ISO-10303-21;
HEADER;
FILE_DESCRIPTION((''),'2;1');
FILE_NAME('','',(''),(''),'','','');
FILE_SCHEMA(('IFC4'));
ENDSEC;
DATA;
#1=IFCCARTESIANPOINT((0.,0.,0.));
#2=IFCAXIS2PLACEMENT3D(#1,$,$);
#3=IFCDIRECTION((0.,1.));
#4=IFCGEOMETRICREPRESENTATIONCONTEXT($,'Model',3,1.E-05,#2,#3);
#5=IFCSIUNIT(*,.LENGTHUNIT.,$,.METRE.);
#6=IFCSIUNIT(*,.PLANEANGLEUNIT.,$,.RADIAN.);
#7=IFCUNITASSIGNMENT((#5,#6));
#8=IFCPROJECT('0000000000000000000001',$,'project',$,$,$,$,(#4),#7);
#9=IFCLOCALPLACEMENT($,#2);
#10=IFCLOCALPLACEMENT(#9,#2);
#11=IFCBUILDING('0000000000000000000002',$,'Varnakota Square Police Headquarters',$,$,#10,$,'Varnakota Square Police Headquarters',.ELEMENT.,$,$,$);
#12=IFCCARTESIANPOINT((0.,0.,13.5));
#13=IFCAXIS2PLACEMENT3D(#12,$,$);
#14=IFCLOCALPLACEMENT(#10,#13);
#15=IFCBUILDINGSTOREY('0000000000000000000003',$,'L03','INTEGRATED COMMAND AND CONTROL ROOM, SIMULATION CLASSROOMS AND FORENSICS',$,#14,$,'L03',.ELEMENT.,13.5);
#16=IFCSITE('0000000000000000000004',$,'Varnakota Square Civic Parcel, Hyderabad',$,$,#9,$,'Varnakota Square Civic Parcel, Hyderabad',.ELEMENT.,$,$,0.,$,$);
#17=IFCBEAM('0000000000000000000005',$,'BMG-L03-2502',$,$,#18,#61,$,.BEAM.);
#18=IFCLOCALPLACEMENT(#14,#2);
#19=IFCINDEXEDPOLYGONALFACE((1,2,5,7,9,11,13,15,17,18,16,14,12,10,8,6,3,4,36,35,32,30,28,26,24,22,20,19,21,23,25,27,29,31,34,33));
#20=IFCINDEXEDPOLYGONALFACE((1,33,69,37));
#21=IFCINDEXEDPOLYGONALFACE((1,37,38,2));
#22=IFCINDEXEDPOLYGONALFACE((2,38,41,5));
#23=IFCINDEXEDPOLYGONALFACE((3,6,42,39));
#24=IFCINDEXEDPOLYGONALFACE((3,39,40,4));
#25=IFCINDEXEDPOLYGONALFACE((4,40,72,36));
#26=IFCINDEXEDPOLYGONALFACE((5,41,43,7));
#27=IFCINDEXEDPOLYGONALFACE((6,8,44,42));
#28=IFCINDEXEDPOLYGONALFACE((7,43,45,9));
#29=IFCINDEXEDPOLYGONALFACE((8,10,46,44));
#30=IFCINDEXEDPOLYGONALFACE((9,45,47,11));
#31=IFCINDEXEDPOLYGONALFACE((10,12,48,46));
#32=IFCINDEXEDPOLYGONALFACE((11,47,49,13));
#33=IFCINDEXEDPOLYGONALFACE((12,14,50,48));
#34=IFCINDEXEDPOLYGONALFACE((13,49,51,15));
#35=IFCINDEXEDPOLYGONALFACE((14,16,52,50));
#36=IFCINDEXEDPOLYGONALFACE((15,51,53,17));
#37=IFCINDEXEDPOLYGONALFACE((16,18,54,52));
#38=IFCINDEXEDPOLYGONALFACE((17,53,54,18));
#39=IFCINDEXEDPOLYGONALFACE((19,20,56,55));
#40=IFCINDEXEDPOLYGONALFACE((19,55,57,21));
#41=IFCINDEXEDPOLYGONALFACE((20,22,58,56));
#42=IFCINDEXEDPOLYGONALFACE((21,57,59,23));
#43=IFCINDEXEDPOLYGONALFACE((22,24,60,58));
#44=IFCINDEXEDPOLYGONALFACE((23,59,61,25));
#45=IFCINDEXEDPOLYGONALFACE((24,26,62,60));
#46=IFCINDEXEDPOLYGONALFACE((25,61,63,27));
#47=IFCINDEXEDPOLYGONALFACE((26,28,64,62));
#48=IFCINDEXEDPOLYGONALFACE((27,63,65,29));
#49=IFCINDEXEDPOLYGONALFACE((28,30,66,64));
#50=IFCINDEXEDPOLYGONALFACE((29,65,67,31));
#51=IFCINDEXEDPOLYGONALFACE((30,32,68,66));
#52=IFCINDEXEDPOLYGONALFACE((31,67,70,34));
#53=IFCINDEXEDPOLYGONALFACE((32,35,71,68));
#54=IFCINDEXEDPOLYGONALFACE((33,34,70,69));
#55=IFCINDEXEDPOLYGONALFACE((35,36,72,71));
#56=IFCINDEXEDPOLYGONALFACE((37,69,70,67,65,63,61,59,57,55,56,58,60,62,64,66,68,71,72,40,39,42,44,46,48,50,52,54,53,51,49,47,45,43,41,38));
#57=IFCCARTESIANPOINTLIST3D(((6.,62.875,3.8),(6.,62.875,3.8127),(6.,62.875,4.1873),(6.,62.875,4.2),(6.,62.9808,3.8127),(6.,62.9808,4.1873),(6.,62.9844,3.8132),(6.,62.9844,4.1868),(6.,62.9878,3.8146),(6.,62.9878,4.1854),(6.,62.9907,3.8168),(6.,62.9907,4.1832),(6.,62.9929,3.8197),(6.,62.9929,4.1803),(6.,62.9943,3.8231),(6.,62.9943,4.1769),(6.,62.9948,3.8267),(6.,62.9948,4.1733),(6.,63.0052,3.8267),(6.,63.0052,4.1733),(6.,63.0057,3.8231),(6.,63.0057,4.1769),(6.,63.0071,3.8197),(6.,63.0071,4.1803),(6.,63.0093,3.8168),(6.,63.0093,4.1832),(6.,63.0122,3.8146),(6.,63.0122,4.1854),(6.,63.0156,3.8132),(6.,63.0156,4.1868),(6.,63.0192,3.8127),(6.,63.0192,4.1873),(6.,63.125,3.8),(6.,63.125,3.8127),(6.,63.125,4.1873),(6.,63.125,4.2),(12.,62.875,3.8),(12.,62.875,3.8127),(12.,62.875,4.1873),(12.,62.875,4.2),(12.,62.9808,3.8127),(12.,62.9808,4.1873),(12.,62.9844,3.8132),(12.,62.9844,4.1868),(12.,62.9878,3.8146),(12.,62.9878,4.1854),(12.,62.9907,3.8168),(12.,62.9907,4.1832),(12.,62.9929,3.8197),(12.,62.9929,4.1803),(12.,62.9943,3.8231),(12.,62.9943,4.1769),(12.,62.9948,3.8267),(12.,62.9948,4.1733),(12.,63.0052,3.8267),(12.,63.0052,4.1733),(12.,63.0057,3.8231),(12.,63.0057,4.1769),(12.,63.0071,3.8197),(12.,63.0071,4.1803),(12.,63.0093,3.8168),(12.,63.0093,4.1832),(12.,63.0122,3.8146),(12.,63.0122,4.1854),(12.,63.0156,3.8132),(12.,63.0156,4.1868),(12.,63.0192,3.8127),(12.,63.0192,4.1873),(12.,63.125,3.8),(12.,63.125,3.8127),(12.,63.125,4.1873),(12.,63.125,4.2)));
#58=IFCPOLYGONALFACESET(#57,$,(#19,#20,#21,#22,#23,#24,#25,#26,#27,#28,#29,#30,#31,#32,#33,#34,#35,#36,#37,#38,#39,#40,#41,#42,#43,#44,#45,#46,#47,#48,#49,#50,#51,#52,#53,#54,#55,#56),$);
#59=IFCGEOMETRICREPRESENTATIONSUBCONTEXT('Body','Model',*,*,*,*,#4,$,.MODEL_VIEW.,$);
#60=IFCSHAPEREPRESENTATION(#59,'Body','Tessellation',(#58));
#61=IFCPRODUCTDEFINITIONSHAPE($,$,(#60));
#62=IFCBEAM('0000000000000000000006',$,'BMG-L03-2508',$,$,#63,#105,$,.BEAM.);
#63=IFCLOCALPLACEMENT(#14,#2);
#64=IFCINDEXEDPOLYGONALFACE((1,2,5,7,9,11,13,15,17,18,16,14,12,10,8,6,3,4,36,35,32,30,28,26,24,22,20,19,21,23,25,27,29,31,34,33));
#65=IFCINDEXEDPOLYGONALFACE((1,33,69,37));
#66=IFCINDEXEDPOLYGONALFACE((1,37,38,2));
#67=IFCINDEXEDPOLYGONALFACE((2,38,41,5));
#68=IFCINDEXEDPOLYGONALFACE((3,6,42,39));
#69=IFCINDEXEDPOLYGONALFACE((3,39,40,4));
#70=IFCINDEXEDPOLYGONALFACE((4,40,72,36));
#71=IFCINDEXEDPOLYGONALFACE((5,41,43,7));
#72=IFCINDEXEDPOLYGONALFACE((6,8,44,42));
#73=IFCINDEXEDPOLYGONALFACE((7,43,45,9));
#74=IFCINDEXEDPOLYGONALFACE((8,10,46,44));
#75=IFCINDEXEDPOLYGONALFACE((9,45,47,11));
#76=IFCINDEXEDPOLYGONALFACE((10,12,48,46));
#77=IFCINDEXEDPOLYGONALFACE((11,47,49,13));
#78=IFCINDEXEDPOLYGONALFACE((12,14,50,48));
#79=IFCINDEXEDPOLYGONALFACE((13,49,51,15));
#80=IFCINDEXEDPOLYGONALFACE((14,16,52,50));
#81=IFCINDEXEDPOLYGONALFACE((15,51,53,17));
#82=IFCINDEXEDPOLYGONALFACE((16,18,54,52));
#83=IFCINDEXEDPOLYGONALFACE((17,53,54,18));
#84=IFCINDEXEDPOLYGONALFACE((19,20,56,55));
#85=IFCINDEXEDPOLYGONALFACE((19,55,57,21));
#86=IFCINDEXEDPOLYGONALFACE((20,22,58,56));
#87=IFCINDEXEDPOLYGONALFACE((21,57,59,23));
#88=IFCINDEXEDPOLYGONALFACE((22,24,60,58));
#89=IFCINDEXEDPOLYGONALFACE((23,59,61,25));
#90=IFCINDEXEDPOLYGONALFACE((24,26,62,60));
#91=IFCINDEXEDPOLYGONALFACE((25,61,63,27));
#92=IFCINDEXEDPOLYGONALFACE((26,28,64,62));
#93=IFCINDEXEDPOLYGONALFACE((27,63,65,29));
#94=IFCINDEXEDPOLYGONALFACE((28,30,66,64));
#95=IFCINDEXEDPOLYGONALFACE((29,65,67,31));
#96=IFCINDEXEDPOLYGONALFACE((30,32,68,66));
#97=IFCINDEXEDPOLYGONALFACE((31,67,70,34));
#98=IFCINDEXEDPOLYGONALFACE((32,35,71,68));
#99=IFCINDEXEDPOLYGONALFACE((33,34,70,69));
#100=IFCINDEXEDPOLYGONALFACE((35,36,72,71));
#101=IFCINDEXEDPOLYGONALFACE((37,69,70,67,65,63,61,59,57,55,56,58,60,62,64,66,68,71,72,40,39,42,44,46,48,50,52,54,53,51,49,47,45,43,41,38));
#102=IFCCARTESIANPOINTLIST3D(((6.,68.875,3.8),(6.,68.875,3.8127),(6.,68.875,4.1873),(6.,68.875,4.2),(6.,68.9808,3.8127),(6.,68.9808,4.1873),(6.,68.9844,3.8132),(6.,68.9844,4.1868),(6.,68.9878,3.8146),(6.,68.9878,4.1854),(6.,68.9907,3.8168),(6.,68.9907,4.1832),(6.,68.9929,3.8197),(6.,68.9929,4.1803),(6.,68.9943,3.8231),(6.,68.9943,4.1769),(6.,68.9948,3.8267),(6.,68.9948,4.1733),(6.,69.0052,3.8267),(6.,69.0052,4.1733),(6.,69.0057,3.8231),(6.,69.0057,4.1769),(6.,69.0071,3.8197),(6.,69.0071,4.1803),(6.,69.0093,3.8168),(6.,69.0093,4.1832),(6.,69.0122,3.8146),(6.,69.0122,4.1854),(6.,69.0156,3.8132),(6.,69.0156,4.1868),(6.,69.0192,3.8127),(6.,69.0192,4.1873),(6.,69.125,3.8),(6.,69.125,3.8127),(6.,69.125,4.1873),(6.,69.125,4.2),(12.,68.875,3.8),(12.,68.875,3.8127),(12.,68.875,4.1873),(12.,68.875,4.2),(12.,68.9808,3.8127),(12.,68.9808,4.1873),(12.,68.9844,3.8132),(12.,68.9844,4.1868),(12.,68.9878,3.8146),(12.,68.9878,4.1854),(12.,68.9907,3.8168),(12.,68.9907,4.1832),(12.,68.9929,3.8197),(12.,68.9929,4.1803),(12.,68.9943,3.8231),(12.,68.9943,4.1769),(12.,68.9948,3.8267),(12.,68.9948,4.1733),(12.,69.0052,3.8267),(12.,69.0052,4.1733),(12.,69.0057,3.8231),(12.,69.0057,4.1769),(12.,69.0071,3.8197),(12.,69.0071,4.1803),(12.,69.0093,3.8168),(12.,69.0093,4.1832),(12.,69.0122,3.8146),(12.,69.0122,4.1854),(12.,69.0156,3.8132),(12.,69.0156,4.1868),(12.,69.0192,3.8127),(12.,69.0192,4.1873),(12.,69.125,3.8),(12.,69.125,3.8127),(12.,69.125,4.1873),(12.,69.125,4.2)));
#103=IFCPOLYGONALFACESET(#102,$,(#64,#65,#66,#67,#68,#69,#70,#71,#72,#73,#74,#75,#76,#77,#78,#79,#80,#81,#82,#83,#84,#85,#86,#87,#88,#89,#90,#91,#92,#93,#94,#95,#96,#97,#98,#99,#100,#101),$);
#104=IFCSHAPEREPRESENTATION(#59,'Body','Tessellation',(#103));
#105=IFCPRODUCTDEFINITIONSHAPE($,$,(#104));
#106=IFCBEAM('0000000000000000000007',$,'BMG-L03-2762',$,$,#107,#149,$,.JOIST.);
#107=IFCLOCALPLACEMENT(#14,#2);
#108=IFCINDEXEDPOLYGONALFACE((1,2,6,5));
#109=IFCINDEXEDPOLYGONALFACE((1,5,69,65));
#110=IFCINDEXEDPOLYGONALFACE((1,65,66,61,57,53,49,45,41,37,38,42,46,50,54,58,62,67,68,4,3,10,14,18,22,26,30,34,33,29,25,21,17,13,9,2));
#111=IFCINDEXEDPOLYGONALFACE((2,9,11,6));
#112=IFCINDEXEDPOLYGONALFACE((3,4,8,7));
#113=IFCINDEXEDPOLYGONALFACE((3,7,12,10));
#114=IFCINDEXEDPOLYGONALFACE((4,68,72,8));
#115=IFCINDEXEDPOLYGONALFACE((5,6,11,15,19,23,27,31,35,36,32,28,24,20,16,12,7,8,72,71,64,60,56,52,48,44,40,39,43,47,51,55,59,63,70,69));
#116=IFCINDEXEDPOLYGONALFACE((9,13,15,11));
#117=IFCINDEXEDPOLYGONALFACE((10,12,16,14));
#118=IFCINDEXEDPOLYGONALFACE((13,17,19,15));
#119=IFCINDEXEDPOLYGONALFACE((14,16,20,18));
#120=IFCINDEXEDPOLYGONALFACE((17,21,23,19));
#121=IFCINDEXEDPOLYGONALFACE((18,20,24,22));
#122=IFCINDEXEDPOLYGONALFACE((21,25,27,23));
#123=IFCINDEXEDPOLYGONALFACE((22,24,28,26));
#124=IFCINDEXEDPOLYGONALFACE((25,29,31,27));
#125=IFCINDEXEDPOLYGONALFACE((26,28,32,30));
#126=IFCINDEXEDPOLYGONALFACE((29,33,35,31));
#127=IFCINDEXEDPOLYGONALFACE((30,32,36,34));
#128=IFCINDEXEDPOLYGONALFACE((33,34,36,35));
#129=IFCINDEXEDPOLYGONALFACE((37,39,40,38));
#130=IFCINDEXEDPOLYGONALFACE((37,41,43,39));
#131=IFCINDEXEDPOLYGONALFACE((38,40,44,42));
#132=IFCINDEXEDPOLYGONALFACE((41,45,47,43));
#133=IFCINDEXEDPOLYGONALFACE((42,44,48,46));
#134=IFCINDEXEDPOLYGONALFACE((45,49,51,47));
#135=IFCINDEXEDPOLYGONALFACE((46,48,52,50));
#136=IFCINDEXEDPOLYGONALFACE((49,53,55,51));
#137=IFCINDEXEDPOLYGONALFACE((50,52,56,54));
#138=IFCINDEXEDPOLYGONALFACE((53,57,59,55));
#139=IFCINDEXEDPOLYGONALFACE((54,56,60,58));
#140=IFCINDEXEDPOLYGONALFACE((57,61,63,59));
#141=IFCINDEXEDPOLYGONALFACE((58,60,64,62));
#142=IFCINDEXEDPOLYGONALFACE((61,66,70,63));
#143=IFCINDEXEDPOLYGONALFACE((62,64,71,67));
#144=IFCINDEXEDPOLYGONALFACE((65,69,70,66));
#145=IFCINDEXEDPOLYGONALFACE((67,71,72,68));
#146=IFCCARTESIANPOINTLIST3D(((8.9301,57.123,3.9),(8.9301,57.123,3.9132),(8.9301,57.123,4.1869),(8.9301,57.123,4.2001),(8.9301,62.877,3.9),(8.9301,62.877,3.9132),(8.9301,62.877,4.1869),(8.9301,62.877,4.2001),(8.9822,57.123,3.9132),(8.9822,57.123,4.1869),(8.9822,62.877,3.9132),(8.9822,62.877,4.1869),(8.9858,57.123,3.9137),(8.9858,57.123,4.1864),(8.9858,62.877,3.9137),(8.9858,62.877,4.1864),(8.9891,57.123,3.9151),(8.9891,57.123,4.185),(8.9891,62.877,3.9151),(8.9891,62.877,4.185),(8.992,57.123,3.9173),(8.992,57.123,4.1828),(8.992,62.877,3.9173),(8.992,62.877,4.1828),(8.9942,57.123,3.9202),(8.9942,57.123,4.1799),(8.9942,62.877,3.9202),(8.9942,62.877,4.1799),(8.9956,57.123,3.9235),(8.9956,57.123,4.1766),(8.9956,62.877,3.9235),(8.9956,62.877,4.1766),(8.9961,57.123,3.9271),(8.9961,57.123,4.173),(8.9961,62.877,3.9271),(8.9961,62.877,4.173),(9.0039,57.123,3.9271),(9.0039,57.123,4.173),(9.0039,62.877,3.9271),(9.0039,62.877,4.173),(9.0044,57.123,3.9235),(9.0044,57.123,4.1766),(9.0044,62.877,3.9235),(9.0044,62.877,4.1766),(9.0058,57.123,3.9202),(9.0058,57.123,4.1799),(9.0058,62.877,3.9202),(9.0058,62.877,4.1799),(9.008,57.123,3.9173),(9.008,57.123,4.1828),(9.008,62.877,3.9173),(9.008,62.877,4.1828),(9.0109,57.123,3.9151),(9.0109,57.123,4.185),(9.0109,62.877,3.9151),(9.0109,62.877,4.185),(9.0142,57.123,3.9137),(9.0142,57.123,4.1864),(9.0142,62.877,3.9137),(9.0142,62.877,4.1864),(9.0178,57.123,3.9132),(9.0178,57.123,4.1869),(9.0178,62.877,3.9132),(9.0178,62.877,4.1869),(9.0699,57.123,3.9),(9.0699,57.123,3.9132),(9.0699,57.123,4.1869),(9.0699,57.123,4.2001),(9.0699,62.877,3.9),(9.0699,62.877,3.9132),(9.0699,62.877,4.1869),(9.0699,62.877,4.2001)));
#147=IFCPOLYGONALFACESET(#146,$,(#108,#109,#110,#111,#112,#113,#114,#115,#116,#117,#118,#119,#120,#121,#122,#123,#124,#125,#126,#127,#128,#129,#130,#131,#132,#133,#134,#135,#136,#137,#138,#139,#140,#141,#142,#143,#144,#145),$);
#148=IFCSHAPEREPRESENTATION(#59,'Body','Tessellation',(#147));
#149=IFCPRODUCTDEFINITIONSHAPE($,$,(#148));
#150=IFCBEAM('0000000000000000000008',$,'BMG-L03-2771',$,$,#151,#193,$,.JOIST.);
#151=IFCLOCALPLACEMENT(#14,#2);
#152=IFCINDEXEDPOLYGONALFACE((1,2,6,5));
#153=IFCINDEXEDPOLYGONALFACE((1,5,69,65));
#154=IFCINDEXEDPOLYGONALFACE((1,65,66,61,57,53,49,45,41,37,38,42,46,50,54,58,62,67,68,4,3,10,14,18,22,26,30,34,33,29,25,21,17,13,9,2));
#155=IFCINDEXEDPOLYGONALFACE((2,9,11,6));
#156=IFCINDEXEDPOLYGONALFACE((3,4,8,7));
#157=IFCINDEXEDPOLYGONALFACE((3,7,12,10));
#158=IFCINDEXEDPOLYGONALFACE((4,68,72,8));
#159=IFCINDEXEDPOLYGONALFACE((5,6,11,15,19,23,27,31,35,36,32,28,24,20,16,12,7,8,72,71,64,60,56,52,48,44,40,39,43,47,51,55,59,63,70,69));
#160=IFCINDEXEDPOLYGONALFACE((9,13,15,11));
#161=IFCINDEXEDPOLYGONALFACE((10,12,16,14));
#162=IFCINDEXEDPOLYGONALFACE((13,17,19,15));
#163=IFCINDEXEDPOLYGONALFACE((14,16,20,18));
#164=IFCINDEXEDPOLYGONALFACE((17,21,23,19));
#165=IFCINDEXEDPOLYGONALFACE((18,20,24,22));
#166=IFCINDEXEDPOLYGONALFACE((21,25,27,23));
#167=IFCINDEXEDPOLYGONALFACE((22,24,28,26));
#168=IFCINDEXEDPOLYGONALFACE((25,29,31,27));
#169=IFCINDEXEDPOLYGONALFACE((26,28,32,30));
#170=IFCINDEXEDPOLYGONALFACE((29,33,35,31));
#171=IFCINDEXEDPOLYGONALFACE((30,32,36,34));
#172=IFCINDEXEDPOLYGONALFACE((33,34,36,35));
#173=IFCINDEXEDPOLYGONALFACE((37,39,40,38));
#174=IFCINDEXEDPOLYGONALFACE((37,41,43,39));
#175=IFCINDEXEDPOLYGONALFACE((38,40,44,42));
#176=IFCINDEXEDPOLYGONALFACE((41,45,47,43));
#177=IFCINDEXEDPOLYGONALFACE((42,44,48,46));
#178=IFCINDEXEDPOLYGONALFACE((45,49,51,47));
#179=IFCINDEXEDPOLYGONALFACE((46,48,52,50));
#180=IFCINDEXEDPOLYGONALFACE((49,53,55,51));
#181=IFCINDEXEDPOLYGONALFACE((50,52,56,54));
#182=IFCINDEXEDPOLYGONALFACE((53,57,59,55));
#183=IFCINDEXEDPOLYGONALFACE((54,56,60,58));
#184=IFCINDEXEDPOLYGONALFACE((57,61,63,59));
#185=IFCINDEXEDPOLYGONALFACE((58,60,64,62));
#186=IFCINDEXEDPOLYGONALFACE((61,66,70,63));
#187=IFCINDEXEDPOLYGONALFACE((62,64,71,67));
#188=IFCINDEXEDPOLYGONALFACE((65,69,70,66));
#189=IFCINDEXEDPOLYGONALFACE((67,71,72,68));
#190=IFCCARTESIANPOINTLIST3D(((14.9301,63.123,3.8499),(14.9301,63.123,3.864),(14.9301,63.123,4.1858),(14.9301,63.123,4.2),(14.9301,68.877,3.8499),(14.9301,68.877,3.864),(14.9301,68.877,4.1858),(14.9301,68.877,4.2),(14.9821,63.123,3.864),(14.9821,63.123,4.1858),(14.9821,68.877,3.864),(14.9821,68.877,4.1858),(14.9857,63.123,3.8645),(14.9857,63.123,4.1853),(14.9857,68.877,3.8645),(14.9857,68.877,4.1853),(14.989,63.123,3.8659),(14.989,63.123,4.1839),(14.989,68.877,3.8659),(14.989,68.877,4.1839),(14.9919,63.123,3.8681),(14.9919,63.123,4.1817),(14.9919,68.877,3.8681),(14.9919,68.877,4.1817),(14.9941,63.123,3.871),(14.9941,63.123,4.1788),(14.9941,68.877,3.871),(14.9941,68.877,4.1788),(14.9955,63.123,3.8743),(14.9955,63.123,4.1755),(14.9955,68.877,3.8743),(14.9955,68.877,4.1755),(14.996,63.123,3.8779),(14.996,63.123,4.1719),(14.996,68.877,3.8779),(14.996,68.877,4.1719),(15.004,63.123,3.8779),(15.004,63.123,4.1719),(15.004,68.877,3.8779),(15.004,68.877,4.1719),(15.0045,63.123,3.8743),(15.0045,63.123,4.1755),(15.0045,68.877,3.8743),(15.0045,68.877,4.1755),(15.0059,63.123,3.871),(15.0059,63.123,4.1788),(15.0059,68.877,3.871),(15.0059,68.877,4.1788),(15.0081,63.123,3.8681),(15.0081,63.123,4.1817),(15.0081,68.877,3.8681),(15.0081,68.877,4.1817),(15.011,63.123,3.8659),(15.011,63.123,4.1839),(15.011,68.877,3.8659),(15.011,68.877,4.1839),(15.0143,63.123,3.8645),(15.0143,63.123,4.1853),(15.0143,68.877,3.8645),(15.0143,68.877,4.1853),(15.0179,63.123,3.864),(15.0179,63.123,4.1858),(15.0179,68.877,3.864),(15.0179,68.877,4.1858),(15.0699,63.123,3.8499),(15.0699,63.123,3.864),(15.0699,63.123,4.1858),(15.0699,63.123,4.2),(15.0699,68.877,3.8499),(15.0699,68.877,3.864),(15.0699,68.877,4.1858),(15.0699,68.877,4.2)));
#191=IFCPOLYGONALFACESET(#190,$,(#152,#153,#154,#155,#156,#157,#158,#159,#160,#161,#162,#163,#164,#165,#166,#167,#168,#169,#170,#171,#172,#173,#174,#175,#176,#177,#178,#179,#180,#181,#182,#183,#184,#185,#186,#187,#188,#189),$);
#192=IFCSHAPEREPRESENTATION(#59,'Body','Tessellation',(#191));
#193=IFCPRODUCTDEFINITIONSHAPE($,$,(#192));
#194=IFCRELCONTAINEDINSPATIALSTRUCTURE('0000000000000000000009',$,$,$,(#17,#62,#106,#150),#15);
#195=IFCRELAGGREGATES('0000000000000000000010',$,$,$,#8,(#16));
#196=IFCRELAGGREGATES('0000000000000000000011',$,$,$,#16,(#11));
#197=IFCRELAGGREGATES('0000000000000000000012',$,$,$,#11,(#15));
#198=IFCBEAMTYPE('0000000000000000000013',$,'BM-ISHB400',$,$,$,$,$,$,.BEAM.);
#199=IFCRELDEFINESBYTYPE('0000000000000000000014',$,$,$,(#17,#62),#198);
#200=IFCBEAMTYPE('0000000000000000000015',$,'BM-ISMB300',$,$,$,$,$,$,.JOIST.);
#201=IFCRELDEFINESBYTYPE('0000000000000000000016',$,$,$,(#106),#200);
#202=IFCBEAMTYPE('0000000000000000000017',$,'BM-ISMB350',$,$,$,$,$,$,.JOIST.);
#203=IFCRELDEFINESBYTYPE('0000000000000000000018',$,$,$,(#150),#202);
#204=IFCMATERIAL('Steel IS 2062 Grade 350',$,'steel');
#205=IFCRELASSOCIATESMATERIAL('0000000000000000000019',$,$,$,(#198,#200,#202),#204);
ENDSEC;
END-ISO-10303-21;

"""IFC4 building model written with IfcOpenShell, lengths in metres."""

from ifc_helpers import new_model, si_unit, direction, frame, origin, origin_2d, place, context, subcontext, project, spatial, i_section, extrude, material, material_profile, profile_set, type_object, element, save


model = new_model("IFC4")

# Units and contexts
model_context = context("Model", 3, precision=1e-05, world=origin(), true_north=direction((0.0, 1.0)))
body_context = subcontext(model_context, "Body", "Model", "MODEL_VIEW")
ifc_project = project(units=[si_unit("LENGTHUNIT", "METRE"), si_unit("PLANEANGLEUNIT", "RADIAN")], contexts=[model_context])

# Site, building, storey
site_placement = place(None, origin())
site = spatial("IfcSite", under=ifc_project, at=site_placement, Name="Varnakota Square Civic Parcel, Hyderabad", LongName="Varnakota Square Civic Parcel, Hyderabad", CompositionType="ELEMENT", RefElevation=0.0)
building_placement = place(site_placement, origin())
building = spatial("IfcBuilding", under=site, at=building_placement, Name="Varnakota Square Police Headquarters", LongName="Varnakota Square Police Headquarters", CompositionType="ELEMENT")
storey_placement = place(building_placement, frame((0.0, 0.0, 13.5)))
storey = spatial("IfcBuildingStorey", under=building, at=storey_placement, Name="L03", Description="INTEGRATED COMMAND AND CONTROL ROOM, SIMULATION CLASSROOMS AND FORENSICS", LongName="L03", CompositionType="ELEMENT", Elevation=13.5)

# Shared definitions
ifc_material_1 = material(Name="Steel IS 2062 Grade 350", Category="steel")

# Beams
ifc_material_profile_1 = material_profile(ifc_material_1, i_section(OverallWidth=0.25, OverallDepth=0.3999, WebThickness=0.0105, FlangeThickness=0.0127, FilletRadius=0.0139, at=origin_2d()), Name="ISHB 400")
ifc_profile_set_1 = profile_set([ifc_material_profile_1], Name="Steel IS 2062 Grade 350")
beam_type_1 = type_object("IfcBeamType", Name="BM-ISHB400", PredefinedType="BEAM", material=ifc_profile_set_1)
for number, where, z_axis, x_axis, name in (
    (1, (6.0, 63.0, 4.0), (1.0, 0.0, 0.0), (0.0, 1.0, 0.0), "BMG-L03-2502"),
    (2, (6.0, 69.0, 4.0), (1.0, 0.0, 0.0), (0.0, 1.0, 0.0), "BMG-L03-2508"),
):
    element("IfcBeam", number, at=place(storey_placement, frame(where, z_axis=z_axis, x_axis=x_axis)), inside=storey, type_object=beam_type_1, Name=name, PredefinedType="BEAM", context=body_context, shape_type="SweptSolid", body=[
        extrude(i_section(OverallWidth=0.25, OverallDepth=0.3999, WebThickness=0.0105, FlangeThickness=0.0127, FilletRadius=0.0139, at=origin_2d()), origin(), (0.0, 0.0, 1.0), 6.0),
    ])
ifc_material_profile_2 = material_profile(ifc_material_1, i_section(OverallWidth=0.1399, OverallDepth=0.3, WebThickness=0.0078, FlangeThickness=0.0132, FilletRadius=0.0139, at=origin_2d()), Name="ISMB 300")
ifc_profile_set_2 = profile_set([ifc_material_profile_2], Name="Steel IS 2062 Grade 350")
beam_type_2 = type_object("IfcBeamType", Name="BM-ISMB300", PredefinedType="JOIST", material=ifc_profile_set_2)
beam_1_placement = place(storey_placement, frame((9.0, 57.123, 4.05), z_axis=(0.0, 1.0, 0.0), x_axis=(-1.0, 0.0, 0.0)))
element("IfcBeam", 3, at=beam_1_placement, inside=storey, type_object=beam_type_2, Name="BMG-L03-2762", PredefinedType="JOIST", context=body_context, shape_type="SweptSolid", body=[
    extrude(i_section(OverallWidth=0.1399, OverallDepth=0.3, WebThickness=0.0078, FlangeThickness=0.0132, FilletRadius=0.0139, at=origin_2d()), origin(), (0.0, 0.0, 1.0), 5.7539),
])
ifc_material_profile_3 = material_profile(ifc_material_1, i_section(OverallWidth=0.1399, OverallDepth=0.3501, WebThickness=0.0081, FlangeThickness=0.0142, FilletRadius=0.0139, at=origin_2d()), Name="ISMB 350")
ifc_profile_set_3 = profile_set([ifc_material_profile_3], Name="Steel IS 2062 Grade 350")
beam_type_3 = type_object("IfcBeamType", Name="BM-ISMB350", PredefinedType="JOIST", material=ifc_profile_set_3)
beam_2_placement = place(storey_placement, frame((15.0, 63.123, 4.0249), z_axis=(0.0, 1.0, 0.0), x_axis=(-1.0, 0.0, 0.0)))
element("IfcBeam", 4, at=beam_2_placement, inside=storey, type_object=beam_type_3, Name="BMG-L03-2771", PredefinedType="JOIST", context=body_context, shape_type="SweptSolid", body=[
    extrude(i_section(OverallWidth=0.1399, OverallDepth=0.3501, WebThickness=0.0081, FlangeThickness=0.0142, FilletRadius=0.0139, at=origin_2d()), origin(), (0.0, 0.0, 1.0), 5.7539),
])

save(model, "model.ifc")
